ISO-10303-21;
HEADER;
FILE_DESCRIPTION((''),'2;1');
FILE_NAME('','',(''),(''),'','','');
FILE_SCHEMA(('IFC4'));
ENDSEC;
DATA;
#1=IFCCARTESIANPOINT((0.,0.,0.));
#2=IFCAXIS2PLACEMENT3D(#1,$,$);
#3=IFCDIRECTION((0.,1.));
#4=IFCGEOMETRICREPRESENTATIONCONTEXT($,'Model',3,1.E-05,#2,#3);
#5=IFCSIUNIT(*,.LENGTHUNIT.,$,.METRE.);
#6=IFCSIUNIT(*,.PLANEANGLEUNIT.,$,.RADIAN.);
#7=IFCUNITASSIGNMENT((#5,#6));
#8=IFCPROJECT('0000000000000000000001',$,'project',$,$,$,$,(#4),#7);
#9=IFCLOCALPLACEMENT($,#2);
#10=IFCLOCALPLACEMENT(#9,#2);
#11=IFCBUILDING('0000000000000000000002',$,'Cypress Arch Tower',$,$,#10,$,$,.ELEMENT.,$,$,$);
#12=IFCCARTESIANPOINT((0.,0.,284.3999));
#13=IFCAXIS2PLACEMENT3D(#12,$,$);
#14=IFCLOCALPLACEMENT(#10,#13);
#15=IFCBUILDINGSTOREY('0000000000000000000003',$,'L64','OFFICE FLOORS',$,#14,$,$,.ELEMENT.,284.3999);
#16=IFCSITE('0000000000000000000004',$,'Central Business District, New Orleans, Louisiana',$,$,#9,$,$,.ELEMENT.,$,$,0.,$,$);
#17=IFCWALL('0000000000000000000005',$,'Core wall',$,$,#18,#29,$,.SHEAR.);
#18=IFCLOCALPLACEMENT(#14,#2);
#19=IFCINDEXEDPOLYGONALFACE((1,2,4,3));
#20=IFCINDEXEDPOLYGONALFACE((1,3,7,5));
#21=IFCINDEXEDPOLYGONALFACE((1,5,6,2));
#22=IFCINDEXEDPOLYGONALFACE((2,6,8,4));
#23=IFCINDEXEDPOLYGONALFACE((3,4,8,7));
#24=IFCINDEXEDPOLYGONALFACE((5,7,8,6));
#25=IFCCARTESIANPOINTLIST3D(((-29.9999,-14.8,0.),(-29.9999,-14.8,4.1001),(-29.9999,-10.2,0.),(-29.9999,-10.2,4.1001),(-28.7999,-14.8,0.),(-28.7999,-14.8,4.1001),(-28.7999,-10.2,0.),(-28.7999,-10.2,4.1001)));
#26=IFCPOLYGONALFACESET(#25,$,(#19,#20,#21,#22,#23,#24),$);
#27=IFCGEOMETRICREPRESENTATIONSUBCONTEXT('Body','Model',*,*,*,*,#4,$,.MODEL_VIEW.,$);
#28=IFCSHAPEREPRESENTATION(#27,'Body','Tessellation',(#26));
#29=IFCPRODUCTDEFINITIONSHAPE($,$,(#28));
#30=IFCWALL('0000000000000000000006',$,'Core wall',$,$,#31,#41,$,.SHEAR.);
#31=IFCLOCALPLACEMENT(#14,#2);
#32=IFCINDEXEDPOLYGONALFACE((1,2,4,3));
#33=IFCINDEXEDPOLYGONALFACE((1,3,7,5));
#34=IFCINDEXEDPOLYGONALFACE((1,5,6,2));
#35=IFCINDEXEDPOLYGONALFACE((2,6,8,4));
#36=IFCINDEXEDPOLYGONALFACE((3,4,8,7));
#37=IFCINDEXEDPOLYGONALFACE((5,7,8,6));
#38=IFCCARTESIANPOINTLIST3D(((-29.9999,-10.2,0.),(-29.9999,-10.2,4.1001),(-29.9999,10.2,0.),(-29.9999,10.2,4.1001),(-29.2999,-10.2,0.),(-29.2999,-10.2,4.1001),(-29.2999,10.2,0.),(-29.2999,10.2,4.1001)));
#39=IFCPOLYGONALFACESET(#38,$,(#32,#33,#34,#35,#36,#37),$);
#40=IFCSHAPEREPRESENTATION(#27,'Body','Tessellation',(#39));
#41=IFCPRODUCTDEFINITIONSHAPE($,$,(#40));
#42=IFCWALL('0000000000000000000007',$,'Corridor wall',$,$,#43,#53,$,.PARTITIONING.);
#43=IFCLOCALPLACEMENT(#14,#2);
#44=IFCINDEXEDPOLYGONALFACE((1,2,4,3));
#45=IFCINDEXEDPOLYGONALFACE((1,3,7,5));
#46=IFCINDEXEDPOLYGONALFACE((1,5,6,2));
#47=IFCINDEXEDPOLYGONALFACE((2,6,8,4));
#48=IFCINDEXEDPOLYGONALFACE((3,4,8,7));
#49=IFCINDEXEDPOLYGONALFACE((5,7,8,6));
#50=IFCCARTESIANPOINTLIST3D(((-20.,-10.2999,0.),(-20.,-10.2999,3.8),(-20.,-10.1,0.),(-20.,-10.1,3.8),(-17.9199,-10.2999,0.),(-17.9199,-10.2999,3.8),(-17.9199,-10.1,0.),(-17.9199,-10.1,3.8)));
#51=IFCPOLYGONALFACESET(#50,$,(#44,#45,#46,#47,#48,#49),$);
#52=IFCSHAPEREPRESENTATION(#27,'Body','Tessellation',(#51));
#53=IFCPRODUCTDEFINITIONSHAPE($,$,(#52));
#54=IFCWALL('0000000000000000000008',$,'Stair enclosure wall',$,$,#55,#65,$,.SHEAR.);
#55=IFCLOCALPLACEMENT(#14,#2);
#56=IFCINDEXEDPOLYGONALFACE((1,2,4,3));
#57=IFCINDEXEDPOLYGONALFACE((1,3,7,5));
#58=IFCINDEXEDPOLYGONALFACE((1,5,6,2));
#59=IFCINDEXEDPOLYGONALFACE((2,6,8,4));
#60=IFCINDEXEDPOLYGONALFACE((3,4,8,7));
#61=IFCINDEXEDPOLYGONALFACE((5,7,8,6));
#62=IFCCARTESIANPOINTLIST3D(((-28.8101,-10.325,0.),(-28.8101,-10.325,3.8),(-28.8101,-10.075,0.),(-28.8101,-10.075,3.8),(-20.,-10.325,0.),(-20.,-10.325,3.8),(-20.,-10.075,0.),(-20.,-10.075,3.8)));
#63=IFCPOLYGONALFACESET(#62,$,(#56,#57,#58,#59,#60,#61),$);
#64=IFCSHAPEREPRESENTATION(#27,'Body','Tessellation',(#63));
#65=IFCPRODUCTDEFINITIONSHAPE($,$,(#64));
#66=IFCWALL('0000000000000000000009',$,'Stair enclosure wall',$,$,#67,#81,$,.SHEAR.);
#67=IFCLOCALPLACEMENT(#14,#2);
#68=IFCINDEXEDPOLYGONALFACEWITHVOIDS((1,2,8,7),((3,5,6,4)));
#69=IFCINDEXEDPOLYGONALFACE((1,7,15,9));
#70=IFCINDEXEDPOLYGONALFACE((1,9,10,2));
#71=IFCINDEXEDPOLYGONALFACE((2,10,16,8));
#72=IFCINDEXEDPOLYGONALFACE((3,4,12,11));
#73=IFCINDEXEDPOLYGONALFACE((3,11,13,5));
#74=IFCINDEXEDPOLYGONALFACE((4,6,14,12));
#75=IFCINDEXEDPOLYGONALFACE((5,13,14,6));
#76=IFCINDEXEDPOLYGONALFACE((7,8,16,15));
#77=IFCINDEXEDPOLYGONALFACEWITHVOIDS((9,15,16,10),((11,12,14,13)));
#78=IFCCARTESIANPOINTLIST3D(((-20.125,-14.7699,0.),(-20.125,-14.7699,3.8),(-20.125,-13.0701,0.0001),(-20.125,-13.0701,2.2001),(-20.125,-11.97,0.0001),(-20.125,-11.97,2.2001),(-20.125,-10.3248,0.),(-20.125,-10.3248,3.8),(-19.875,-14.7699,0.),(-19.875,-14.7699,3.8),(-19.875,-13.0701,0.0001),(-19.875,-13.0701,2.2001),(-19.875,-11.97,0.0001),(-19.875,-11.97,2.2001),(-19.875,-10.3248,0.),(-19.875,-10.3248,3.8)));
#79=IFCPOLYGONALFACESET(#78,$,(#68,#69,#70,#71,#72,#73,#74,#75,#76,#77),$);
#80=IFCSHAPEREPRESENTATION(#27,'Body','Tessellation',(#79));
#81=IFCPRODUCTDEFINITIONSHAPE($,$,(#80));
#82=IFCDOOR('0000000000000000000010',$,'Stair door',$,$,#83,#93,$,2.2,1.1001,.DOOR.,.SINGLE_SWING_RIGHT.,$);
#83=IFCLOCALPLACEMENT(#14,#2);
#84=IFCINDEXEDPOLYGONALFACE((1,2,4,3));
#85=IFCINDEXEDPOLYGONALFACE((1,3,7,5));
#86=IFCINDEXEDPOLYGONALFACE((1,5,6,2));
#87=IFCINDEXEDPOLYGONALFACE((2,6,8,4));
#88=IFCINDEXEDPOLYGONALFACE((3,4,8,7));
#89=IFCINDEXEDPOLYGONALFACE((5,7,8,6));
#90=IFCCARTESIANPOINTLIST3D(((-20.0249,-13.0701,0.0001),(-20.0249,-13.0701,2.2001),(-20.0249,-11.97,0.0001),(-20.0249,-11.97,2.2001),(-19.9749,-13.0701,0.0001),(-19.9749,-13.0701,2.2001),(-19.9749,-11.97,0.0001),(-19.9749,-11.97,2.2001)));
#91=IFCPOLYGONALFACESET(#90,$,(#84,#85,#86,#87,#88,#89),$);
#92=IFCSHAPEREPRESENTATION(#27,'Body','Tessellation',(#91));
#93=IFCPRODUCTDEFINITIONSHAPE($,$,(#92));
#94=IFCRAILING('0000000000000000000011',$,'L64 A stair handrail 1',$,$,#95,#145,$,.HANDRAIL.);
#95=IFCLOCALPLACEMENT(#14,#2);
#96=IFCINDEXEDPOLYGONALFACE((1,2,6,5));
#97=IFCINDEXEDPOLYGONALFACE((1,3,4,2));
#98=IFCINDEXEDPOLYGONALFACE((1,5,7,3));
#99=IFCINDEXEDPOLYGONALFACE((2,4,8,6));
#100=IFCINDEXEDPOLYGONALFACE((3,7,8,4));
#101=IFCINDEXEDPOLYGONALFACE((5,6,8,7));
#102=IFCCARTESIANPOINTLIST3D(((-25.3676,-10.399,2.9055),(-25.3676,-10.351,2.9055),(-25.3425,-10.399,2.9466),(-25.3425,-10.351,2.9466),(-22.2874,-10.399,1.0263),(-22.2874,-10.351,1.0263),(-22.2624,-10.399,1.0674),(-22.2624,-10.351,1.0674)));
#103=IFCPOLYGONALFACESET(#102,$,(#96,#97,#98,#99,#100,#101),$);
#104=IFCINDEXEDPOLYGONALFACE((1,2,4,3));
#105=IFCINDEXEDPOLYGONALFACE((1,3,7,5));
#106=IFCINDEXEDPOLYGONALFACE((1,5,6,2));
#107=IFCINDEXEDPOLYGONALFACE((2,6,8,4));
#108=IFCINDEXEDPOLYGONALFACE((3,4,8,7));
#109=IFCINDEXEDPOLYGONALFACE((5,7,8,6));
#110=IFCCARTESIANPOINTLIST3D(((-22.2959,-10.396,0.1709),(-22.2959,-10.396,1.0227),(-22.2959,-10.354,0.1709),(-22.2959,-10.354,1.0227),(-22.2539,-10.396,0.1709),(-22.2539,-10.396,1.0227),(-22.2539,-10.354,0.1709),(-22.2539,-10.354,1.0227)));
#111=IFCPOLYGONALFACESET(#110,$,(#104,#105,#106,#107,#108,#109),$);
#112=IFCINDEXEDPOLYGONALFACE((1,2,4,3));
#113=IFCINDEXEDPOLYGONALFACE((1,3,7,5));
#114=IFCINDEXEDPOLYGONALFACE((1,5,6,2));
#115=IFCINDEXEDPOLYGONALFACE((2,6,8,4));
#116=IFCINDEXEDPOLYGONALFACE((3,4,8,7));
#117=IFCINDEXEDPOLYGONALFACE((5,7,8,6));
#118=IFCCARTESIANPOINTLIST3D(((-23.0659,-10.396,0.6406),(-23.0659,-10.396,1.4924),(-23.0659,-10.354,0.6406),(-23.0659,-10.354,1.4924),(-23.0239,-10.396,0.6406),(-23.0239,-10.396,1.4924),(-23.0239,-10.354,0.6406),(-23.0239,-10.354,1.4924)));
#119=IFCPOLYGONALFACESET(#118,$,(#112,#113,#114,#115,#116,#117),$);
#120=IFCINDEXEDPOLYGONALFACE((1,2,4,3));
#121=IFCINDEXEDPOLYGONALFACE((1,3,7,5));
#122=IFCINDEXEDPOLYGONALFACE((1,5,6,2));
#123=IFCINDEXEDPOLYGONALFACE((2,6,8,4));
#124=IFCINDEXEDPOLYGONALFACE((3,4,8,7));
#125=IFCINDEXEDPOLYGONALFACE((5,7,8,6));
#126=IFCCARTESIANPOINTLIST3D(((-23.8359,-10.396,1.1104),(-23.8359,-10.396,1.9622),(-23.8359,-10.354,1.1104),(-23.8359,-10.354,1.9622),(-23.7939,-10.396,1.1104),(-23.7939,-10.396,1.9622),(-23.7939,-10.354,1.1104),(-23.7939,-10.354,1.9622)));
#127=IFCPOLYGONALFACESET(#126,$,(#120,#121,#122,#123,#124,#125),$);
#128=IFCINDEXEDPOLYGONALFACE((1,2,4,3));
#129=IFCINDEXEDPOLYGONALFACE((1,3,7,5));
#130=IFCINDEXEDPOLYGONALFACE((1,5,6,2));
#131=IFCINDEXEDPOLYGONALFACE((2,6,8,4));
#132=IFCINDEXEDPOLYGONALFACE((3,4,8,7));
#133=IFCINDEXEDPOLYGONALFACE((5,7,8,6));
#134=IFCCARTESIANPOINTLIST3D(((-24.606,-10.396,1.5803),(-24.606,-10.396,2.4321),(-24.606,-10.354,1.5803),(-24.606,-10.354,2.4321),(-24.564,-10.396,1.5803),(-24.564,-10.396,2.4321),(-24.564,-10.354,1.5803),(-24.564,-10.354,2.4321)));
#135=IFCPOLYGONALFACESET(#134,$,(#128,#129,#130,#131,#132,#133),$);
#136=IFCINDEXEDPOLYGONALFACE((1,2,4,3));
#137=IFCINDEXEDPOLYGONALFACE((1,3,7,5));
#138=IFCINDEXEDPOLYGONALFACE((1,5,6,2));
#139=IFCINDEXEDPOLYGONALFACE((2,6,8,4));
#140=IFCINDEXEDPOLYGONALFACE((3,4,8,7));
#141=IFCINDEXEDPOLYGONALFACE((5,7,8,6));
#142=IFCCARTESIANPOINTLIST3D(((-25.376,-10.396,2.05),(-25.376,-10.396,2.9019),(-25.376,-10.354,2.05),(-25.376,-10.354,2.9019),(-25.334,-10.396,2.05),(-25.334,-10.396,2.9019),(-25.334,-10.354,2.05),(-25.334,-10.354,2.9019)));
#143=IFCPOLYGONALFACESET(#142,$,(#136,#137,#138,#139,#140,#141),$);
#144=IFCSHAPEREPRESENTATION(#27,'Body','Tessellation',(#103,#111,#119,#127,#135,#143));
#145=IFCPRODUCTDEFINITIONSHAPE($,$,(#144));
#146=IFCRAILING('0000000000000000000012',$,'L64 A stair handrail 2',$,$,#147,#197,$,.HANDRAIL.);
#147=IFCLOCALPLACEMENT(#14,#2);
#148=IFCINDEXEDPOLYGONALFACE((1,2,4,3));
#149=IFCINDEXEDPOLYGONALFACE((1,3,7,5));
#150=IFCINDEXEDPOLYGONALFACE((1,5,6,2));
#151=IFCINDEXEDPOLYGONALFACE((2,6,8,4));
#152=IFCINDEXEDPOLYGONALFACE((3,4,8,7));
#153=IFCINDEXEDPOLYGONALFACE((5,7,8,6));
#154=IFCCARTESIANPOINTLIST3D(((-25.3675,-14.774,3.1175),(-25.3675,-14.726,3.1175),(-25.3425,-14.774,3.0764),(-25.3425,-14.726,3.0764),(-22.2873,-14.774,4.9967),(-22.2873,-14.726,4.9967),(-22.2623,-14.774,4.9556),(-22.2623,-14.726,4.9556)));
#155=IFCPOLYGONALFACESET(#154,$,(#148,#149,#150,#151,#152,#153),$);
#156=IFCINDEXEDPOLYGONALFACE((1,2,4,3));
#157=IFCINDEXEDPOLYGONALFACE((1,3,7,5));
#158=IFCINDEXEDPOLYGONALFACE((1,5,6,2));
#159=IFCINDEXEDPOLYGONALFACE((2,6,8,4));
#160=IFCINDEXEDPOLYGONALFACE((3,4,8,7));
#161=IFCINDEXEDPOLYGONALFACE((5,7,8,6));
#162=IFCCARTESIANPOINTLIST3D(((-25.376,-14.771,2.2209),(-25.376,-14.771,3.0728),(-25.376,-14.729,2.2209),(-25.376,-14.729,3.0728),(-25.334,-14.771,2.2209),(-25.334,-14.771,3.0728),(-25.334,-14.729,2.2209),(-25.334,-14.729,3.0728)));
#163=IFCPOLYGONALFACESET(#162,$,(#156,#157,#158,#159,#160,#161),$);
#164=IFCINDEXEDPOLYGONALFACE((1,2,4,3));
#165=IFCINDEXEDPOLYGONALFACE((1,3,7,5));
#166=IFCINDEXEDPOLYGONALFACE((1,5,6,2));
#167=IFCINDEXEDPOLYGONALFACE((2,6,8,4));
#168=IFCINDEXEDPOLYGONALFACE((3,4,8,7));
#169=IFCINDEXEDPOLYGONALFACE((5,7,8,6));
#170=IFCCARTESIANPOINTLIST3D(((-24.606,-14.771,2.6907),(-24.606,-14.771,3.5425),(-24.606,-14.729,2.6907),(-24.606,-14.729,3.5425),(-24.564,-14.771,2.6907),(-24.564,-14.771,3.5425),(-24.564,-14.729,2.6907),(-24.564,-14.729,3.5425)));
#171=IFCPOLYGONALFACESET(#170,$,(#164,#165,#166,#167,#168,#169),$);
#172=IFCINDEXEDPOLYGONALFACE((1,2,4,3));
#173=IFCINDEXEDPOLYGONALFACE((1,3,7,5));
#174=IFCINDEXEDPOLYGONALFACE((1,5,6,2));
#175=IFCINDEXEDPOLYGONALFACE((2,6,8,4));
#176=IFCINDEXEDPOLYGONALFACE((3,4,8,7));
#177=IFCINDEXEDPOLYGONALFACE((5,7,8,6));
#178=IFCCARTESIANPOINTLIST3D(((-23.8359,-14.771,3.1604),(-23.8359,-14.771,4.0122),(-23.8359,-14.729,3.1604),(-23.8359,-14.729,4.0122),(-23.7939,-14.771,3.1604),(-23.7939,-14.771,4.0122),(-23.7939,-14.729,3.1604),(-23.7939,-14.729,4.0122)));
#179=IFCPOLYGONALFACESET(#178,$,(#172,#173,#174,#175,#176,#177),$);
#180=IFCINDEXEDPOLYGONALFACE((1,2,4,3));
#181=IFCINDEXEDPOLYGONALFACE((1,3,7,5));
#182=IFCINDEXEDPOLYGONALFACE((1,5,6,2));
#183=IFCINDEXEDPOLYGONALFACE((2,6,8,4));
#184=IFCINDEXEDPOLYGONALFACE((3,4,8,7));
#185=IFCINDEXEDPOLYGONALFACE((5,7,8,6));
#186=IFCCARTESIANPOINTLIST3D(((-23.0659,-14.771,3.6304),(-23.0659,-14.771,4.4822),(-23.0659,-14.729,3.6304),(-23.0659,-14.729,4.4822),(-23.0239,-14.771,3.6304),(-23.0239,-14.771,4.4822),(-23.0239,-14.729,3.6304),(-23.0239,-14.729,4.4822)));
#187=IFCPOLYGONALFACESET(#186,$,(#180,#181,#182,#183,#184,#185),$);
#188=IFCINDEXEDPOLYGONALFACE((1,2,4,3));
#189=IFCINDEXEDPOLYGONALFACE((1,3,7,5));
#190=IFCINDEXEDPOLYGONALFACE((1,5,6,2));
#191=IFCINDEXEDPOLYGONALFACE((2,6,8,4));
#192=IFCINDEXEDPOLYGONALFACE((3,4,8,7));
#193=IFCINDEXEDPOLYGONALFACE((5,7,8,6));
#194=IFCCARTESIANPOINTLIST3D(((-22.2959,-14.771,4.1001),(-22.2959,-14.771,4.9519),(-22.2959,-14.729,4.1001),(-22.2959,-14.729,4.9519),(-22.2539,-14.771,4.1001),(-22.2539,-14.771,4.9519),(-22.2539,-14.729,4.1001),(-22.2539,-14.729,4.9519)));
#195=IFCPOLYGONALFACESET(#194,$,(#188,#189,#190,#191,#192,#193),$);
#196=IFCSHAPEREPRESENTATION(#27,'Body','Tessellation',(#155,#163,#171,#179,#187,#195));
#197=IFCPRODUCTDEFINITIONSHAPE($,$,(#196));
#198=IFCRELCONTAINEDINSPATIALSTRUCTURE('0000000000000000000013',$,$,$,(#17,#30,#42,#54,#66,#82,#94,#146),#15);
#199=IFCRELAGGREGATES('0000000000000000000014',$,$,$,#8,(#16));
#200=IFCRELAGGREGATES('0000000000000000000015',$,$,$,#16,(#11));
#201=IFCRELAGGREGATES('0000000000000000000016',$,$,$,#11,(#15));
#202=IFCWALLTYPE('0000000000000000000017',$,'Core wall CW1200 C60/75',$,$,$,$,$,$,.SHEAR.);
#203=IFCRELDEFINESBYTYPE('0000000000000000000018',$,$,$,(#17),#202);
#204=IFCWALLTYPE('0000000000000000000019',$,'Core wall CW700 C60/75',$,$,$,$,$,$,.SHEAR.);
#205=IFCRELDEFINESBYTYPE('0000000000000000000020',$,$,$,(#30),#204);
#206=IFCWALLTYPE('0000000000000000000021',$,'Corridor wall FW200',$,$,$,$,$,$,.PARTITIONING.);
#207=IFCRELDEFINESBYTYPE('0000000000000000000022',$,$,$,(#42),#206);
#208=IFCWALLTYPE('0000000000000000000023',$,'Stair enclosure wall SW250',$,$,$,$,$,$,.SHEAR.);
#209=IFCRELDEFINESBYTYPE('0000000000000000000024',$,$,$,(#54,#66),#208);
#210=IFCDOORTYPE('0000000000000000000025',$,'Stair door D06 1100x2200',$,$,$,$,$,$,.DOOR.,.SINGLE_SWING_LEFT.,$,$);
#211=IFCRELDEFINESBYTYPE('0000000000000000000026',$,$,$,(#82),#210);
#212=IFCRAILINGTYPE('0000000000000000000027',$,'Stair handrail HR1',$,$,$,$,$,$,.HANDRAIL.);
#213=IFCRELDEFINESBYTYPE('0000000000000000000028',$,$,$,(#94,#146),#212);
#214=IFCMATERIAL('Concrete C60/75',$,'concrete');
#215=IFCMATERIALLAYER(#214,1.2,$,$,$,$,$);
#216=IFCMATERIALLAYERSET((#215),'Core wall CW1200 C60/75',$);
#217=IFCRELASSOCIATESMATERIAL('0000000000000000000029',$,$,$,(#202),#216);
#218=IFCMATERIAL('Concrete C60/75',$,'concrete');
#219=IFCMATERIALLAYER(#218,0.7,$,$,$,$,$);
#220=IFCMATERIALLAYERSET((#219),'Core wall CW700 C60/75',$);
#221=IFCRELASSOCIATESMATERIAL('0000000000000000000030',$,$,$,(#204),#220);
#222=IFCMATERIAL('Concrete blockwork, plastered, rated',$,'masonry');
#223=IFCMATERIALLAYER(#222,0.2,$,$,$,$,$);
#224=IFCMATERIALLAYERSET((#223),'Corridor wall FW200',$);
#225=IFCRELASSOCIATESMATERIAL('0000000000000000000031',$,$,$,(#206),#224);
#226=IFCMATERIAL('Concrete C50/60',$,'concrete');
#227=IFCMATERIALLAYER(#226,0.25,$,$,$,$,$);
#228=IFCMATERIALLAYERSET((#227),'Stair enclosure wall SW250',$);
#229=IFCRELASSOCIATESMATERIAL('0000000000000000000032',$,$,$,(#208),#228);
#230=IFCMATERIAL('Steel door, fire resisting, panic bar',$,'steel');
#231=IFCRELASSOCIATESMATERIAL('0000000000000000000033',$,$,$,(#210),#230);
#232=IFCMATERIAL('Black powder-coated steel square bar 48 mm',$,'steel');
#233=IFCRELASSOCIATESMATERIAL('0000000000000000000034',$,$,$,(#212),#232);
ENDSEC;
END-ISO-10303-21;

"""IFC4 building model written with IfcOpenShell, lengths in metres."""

from ifc_helpers import new_model, si_unit, direction, frame, frame_2d, origin, origin_2d, place, context, subcontext, project, spatial, rectangle, extrude, material, layer, layer_set, type_object, element, fill, save


model = new_model("IFC4")

# Units and contexts
model_context = context("Model", 3, precision=1e-05, world=origin(), true_north=direction((0.0, 1.0)))
body_context = subcontext(model_context, "Body", "Model", "MODEL_VIEW")
ifc_project = project(units=[si_unit("LENGTHUNIT", "METRE"), si_unit("PLANEANGLEUNIT", "RADIAN")], contexts=[model_context])

# Site, building, storey
site_placement = place(None, origin())
site = spatial("IfcSite", under=ifc_project, at=site_placement, Name="Central Business District, New Orleans, Louisiana", CompositionType="ELEMENT", RefElevation=0.0)
building_placement = place(site_placement, origin())
building = spatial("IfcBuilding", under=site, at=building_placement, Name="Cypress Arch Tower", CompositionType="ELEMENT")
storey_placement = place(building_placement, frame((0.0, 0.0, 284.3999)))
storey = spatial("IfcBuildingStorey", under=building, at=storey_placement, Name="L64", Description="OFFICE FLOORS", CompositionType="ELEMENT", Elevation=284.3999)

# Walls
ifc_material_1 = material(Name="Concrete C60/75", Category="concrete")
ifc_layer_1 = layer(ifc_material_1, 1.2)
ifc_layer_set_1 = layer_set([ifc_layer_1], Name="Core wall CW1200 C60/75")
wall_type_1 = type_object("IfcWallType", Name="Core wall CW1200 C60/75", PredefinedType="SHEAR", material=ifc_layer_set_1)
wall_1_placement = place(storey_placement, frame((-29.3999, -14.8, 0.0), z_axis=(0.0, 0.0, 1.0), x_axis=(0.0, 1.0, 0.0)))
element("IfcWall", 1, at=wall_1_placement, inside=storey, type_object=wall_type_1, Name="Core wall", PredefinedType="SHEAR", context=body_context, shape_type="SweptSolid", body=[
    extrude(rectangle(XDim=4.6001, YDim=1.2, at=frame_2d((2.3, 0.0))), origin(), (0.0, 0.0, 1.0), 4.1001),
])
ifc_material_2 = material(Name="Concrete C60/75", Category="concrete")
ifc_layer_2 = layer(ifc_material_2, 0.7)
ifc_layer_set_2 = layer_set([ifc_layer_2], Name="Core wall CW700 C60/75")
wall_type_2 = type_object("IfcWallType", Name="Core wall CW700 C60/75", PredefinedType="SHEAR", material=ifc_layer_set_2)
wall_2_placement = place(storey_placement, frame((-29.6499, -10.2, 0.0), z_axis=(0.0, 0.0, 1.0), x_axis=(0.0, 1.0, 0.0)))
element("IfcWall", 2, at=wall_2_placement, inside=storey, type_object=wall_type_2, Name="Core wall", PredefinedType="SHEAR", context=body_context, shape_type="SweptSolid", body=[
    extrude(rectangle(XDim=20.3999, YDim=0.7, at=frame_2d((10.2, 0.0))), origin(), (0.0, 0.0, 1.0), 4.1001),
])
ifc_material_3 = material(Name="Concrete blockwork, plastered, rated", Category="masonry")
ifc_layer_3 = layer(ifc_material_3, 0.2)
ifc_layer_set_3 = layer_set([ifc_layer_3], Name="Corridor wall FW200")
wall_type_3 = type_object("IfcWallType", Name="Corridor wall FW200", PredefinedType="PARTITIONING", material=ifc_layer_set_3)
wall_3_placement = place(storey_placement, frame((-20.0, -10.2, 0.0), z_axis=(0.0, 0.0, 1.0), x_axis=(1.0, 0.0, 0.0)))
element("IfcWall", 3, at=wall_3_placement, inside=storey, type_object=wall_type_3, Name="Corridor wall", PredefinedType="PARTITIONING", context=body_context, shape_type="SweptSolid", body=[
    extrude(rectangle(XDim=2.0801, YDim=0.2, at=frame_2d((1.04, 0.0))), origin(), (0.0, 0.0, 1.0), 3.8),
])
ifc_material_4 = material(Name="Concrete C50/60", Category="concrete")
ifc_layer_4 = layer(ifc_material_4, 0.25)
ifc_layer_set_4 = layer_set([ifc_layer_4], Name="Stair enclosure wall SW250")
wall_type_4 = type_object("IfcWallType", Name="Stair enclosure wall SW250", PredefinedType="SHEAR", material=ifc_layer_set_4)
wall_4_placement = place(storey_placement, frame((-28.8101, -10.2, 0.0), z_axis=(0.0, 0.0, 1.0), x_axis=(1.0, 0.0, 0.0)))
element("IfcWall", 4, at=wall_4_placement, inside=storey, type_object=wall_type_4, Name="Stair enclosure wall", PredefinedType="SHEAR", context=body_context, shape_type="SweptSolid", body=[
    extrude(rectangle(XDim=8.8101, YDim=0.25, at=frame_2d((4.405, 0.0))), origin(), (0.0, 0.0, 1.0), 3.8),
])

# Wall, opening, door
wall_5_placement = place(storey_placement, frame((-20.0, -14.77, 0.0), z_axis=(0.0, 0.0, 1.0), x_axis=(0.0, 1.0, 0.0)))
wall_5 = element("IfcWall", 5, at=wall_5_placement, inside=storey, type_object=wall_type_4, Name="Stair enclosure wall", PredefinedType="SHEAR", context=body_context, shape_type="SweptSolid", body=[
    extrude(rectangle(XDim=4.4451, YDim=0.25, at=frame_2d((2.2227, 0.0))), origin(), (0.0, 0.0, 1.0), 3.8),
])
opening_1_placement = place(wall_5_placement, frame((1.7, 0.0, 0.0)))
opening_1 = element("IfcOpeningElement", 6, at=opening_1_placement, cuts=wall_5, PredefinedType="OPENING", context=body_context, shape_type="SweptSolid", body=[
    extrude(rectangle(XDim=1.1001, YDim=2.2, at=frame_2d((0.55, 1.1001))), frame((0.0, 0.135, 0.0), z_axis=(0.0, -1.0, 0.0), x_axis=(1.0, 0.0, 0.0)), (0.0, 0.0, 1.0), 0.27),
])
ifc_material_5 = material(Name="Steel door, fire resisting, panic bar", Category="steel")
door_type = type_object("IfcDoorType", Name="Stair door D06 1100x2200", OperationType="SINGLE_SWING_LEFT", PredefinedType="DOOR", material=ifc_material_5)
door_placement = place(opening_1_placement, origin())
door = element("IfcDoor", 7, at=door_placement, inside=storey, type_object=door_type, Name="Stair door", OperationType="SINGLE_SWING_RIGHT", OverallHeight=2.2, OverallWidth=1.1001, PredefinedType="DOOR", context=body_context, shape_type="SweptSolid", body=[
    extrude(rectangle(XDim=1.1001, YDim=2.2, at=frame_2d((0.55, 1.1001))), frame((0.0, 0.0249, 0.0), z_axis=(0.0, -1.0, 0.0), x_axis=(1.0, 0.0, 0.0)), (0.0, 0.0, 1.0), 0.05),
])
fill(opening_1, door)

# Railings
ifc_material_6 = material(Name="Black powder-coated steel square bar 48 mm", Category="steel")
railing_type_1 = type_object("IfcRailingType", Name="Stair handrail HR1", PredefinedType="HANDRAIL", material=ifc_material_6)
railing_1_placement = place(storey_placement, frame((-22.2749, -10.375, 0.1709)))
element("IfcRailing", 8, at=railing_1_placement, inside=storey, type_object=railing_type_1, Name="L64 A stair handrail 1", PredefinedType="HANDRAIL", context=body_context, shape_type="SweptSolid", body=[
    extrude(rectangle(XDim=0.0481, YDim=0.0481, at=origin_2d()), frame((0.0, 0.0, 0.876), z_axis=(-0.853666, 0.0, 0.52082), x_axis=(0.0, -1.0, 0.0)), (0.0, 0.0, 1.0), 3.6082),
    extrude(rectangle(XDim=0.042, YDim=0.042, at=origin_2d()), origin(), (0.0, 0.0, 1.0), 0.8518),
    extrude(rectangle(XDim=0.042, YDim=0.042, at=origin_2d()), frame((-0.77, 0.0, 0.4697)), (0.0, 0.0, 1.0), 0.8518),
    extrude(rectangle(XDim=0.042, YDim=0.042, at=origin_2d()), frame((-1.54, 0.0, 0.9395)), (0.0, 0.0, 1.0), 0.8518),
    extrude(rectangle(XDim=0.042, YDim=0.042, at=origin_2d()), frame((-2.3101, 0.0, 1.4094)), (0.0, 0.0, 1.0), 0.8518),
    extrude(rectangle(XDim=0.042, YDim=0.042, at=origin_2d()), frame((-3.0801, 0.0, 1.8792)), (0.0, 0.0, 1.0), 0.8518),
])
railing_2_placement = place(storey_placement, frame((-25.355, -14.75, 2.2209)))
element("IfcRailing", 9, at=railing_2_placement, inside=storey, type_object=railing_type_1, Name="L64 A stair handrail 2", PredefinedType="HANDRAIL", context=body_context, shape_type="SweptSolid", body=[
    extrude(rectangle(XDim=0.0481, YDim=0.0481, at=origin_2d()), frame((0.0, 0.0, 0.876), z_axis=(0.853666, 0.0, 0.52082), x_axis=(0.0, 1.0, 0.0)), (0.0, 0.0, 1.0), 3.6082),
    extrude(rectangle(XDim=0.042, YDim=0.042, at=origin_2d()), origin(), (0.0, 0.0, 1.0), 0.8518),
    extrude(rectangle(XDim=0.042, YDim=0.042, at=origin_2d()), frame((0.77, 0.0, 0.4697)), (0.0, 0.0, 1.0), 0.8518),
    extrude(rectangle(XDim=0.042, YDim=0.042, at=origin_2d()), frame((1.54, 0.0, 0.9395)), (0.0, 0.0, 1.0), 0.8518),
    extrude(rectangle(XDim=0.042, YDim=0.042, at=origin_2d()), frame((2.3101, 0.0, 1.4094)), (0.0, 0.0, 1.0), 0.8518),
    extrude(rectangle(XDim=0.042, YDim=0.042, at=origin_2d()), frame((3.0801, 0.0, 1.8792)), (0.0, 0.0, 1.0), 0.8518),
])

save(model, "model.ifc")
